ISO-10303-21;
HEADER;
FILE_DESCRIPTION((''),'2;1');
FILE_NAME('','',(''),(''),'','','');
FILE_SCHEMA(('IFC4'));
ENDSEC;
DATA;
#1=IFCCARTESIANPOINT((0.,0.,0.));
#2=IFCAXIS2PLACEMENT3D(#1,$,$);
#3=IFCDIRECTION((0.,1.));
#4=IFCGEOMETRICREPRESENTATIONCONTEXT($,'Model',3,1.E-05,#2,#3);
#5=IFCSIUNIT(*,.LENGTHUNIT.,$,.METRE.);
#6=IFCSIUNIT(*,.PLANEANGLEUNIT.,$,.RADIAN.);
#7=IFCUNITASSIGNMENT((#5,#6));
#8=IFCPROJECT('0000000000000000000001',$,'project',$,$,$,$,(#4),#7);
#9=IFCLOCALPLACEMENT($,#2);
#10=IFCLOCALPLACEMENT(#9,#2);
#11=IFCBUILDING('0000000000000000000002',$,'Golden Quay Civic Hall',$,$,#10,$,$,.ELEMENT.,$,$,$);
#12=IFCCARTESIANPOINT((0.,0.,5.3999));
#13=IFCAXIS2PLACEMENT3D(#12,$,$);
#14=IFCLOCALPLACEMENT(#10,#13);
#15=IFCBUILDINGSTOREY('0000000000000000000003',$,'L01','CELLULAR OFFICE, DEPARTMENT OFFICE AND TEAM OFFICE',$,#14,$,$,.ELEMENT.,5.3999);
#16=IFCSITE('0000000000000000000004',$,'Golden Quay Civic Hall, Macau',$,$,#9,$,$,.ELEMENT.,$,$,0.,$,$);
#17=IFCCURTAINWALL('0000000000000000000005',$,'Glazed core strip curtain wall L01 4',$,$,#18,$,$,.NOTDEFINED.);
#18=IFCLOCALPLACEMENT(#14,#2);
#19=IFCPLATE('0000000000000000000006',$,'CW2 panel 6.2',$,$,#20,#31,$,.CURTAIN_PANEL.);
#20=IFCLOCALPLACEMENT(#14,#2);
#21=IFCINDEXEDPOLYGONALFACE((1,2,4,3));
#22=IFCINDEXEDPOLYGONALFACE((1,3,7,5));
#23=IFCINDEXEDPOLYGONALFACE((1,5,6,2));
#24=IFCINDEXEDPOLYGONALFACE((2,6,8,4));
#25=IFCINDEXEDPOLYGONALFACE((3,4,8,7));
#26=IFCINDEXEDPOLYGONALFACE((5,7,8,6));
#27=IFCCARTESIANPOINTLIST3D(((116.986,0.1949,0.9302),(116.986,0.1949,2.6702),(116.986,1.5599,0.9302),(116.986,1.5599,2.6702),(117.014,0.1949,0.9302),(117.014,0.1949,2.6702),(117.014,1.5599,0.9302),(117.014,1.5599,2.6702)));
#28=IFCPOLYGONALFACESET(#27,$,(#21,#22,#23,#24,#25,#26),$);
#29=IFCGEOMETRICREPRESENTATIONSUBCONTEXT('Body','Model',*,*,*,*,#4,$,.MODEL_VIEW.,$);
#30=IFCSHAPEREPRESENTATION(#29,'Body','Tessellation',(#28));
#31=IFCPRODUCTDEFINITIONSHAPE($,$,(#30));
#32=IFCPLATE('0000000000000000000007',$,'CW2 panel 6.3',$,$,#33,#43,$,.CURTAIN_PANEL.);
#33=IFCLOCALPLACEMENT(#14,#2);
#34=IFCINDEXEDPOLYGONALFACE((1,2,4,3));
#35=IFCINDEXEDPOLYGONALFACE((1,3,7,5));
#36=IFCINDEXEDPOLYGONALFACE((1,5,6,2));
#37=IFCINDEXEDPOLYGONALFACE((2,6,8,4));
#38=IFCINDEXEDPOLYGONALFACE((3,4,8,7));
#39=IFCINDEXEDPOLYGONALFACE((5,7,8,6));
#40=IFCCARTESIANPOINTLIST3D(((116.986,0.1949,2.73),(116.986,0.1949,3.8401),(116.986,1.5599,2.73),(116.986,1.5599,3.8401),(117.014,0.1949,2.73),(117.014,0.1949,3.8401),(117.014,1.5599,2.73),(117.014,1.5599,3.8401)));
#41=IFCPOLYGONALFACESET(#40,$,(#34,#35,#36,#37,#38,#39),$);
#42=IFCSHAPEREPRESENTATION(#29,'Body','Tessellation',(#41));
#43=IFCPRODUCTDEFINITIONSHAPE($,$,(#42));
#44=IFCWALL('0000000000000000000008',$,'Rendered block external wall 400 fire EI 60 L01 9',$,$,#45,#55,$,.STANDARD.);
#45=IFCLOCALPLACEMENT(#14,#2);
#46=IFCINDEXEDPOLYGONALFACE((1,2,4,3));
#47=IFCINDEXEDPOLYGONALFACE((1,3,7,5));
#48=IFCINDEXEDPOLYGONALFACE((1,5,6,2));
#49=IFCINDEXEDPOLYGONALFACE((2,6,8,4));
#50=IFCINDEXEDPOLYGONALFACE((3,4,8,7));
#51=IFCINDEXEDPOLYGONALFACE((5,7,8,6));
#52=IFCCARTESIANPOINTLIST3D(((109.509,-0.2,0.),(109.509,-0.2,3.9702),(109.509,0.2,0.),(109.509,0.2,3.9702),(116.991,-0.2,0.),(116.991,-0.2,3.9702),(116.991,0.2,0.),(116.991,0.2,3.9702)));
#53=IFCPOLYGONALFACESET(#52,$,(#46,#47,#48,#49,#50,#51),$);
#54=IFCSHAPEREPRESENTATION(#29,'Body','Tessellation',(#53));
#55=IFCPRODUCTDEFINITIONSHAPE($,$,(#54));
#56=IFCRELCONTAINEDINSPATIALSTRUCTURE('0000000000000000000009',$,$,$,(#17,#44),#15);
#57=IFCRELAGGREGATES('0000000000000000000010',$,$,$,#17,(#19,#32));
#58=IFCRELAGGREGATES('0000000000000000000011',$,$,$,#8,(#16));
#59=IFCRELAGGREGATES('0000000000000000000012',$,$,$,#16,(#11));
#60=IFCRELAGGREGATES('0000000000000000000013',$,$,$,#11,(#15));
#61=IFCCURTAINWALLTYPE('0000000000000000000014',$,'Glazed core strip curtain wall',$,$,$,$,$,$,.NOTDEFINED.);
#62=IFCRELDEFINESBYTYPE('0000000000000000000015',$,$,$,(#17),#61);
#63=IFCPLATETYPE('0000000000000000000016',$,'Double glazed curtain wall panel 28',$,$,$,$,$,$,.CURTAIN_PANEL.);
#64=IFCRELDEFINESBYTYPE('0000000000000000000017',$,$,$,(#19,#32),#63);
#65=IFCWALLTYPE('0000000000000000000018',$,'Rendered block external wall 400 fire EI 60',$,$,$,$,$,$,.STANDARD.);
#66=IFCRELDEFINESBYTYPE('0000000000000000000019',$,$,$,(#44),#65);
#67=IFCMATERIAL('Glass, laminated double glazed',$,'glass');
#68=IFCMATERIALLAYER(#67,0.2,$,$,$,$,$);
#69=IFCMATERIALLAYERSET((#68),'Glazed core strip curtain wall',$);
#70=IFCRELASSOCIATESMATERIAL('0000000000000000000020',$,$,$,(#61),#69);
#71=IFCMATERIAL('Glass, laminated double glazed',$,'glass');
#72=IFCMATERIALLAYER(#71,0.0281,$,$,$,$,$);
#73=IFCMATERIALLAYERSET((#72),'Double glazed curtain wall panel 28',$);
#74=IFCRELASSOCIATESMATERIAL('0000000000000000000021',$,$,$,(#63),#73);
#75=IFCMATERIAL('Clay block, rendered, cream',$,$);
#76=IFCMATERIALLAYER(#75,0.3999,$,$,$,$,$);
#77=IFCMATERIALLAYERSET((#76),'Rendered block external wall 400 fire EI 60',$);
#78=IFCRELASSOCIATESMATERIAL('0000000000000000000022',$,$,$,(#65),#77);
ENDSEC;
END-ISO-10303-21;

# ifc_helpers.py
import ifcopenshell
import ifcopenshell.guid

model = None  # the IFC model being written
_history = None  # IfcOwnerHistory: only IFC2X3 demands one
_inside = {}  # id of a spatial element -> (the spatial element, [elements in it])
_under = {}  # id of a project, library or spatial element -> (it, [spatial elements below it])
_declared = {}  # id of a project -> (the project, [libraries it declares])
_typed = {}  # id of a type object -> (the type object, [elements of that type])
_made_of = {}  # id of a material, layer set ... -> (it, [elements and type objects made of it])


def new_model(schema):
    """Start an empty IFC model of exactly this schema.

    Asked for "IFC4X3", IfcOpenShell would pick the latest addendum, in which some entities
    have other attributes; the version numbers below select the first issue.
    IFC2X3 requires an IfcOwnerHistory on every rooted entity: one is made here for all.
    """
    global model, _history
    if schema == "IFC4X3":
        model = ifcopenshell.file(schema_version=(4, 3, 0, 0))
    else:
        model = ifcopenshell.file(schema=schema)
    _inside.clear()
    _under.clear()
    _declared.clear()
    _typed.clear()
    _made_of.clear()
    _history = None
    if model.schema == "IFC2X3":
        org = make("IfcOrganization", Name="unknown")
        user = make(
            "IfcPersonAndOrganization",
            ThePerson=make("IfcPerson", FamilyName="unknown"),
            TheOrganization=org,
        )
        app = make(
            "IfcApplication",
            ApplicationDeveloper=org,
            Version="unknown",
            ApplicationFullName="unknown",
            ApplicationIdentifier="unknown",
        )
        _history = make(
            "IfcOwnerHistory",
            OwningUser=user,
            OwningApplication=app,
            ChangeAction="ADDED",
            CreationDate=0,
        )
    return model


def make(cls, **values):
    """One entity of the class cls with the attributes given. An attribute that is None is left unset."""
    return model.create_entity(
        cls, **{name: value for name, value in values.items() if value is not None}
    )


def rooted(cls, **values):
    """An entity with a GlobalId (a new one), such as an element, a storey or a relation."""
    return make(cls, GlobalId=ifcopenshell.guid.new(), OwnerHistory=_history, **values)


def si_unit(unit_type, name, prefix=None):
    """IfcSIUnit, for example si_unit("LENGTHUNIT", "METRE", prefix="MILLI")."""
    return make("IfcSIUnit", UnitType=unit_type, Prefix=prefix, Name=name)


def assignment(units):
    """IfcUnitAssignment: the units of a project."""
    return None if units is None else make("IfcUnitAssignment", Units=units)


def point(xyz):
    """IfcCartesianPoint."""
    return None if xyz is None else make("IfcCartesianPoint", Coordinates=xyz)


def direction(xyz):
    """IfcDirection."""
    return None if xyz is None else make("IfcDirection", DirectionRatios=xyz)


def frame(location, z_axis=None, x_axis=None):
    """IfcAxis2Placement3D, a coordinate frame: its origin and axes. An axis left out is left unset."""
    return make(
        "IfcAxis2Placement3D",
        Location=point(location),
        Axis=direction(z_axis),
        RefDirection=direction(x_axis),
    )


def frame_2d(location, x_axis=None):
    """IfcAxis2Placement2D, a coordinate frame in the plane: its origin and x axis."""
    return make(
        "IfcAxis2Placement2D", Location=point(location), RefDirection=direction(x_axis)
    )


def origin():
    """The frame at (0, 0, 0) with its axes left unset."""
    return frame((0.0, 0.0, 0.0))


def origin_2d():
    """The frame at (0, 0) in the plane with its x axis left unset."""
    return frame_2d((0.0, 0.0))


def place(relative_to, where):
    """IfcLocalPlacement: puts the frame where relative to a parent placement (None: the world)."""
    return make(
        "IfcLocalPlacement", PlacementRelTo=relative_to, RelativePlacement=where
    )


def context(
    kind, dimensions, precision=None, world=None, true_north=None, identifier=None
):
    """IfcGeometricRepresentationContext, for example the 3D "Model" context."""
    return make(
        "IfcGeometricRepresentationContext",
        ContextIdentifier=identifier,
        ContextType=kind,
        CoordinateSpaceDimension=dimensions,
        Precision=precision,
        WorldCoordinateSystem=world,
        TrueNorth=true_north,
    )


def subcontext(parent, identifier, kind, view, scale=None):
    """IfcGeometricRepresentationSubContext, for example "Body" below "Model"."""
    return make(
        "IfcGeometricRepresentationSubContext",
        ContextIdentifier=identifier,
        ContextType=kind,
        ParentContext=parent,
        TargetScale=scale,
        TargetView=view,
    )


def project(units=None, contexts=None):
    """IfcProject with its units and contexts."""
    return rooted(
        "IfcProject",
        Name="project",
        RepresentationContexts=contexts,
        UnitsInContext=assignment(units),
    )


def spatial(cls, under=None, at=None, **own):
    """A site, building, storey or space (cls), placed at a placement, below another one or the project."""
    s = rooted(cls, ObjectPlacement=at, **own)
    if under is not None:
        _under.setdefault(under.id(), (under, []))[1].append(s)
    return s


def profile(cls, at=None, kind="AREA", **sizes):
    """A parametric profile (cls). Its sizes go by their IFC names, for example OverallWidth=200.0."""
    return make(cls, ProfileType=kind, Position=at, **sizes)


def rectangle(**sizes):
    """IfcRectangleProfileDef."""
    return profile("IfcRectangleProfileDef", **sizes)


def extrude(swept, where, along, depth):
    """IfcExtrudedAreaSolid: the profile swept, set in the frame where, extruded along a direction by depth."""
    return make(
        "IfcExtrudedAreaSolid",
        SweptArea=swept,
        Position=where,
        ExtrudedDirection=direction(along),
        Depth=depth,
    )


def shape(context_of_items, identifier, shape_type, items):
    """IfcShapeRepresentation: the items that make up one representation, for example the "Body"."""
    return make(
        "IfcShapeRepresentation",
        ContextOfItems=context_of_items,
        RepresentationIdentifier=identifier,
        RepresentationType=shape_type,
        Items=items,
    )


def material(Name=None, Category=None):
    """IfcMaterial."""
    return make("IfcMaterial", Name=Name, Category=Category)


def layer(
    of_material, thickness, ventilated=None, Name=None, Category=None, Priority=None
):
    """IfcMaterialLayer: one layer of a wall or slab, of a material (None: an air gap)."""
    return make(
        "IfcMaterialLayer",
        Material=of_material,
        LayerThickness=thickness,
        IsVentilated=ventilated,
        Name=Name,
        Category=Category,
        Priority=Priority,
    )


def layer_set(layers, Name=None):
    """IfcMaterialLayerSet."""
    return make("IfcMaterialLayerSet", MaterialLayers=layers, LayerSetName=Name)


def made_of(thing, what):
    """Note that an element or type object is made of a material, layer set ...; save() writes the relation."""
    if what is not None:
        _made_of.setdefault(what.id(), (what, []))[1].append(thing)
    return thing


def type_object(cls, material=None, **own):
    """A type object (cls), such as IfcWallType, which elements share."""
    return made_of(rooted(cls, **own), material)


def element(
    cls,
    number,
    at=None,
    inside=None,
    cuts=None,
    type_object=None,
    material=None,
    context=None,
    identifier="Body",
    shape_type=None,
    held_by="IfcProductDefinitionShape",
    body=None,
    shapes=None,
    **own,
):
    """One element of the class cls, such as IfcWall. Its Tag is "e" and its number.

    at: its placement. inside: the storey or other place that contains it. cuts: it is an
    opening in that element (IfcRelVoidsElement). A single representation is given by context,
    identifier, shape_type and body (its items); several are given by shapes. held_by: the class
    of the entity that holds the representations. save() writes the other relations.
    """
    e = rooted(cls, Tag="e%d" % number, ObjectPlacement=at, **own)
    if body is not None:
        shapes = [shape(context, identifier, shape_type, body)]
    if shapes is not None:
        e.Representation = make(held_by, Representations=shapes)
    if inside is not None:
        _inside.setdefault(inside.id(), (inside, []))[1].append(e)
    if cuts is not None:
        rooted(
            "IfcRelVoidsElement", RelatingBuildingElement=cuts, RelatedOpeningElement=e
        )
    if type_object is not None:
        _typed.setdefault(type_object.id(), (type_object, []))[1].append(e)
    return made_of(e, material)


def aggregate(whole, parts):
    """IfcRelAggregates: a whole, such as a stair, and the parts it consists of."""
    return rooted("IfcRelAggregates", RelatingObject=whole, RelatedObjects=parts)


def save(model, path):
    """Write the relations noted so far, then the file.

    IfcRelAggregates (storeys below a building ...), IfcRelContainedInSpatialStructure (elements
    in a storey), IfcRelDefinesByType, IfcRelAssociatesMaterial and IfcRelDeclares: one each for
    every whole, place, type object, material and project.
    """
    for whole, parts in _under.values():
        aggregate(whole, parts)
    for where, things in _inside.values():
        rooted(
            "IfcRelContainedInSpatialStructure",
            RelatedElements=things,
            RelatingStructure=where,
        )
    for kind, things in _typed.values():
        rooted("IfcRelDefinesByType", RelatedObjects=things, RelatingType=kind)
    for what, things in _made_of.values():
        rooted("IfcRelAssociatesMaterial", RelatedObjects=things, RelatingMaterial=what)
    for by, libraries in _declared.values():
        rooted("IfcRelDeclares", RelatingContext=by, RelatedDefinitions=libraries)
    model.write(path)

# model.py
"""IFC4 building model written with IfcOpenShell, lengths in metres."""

from ifc_helpers import new_model, si_unit, direction, frame, frame_2d, origin, origin_2d, place, context, subcontext, project, spatial, rectangle, extrude, material, layer, layer_set, type_object, element, aggregate, save


model = new_model("IFC4")

# Units and contexts
model_context = context("Model", 3, precision=1e-05, world=origin(), true_north=direction((0.0, 1.0)))
body_context = subcontext(model_context, "Body", "Model", "MODEL_VIEW")
ifc_project = project(units=[si_unit("LENGTHUNIT", "METRE"), si_unit("PLANEANGLEUNIT", "RADIAN")], contexts=[model_context])

# Site, building, storey
site_placement = place(None, origin())
site = spatial("IfcSite", under=ifc_project, at=site_placement, Name="Golden Quay Civic Hall, Macau", CompositionType="ELEMENT", RefElevation=0.0)
building_placement = place(site_placement, origin())
building = spatial("IfcBuilding", under=site, at=building_placement, Name="Golden Quay Civic Hall", CompositionType="ELEMENT")
storey_placement = place(building_placement, frame((0.0, 0.0, 5.3999)))
storey = spatial("IfcBuildingStorey", under=building, at=storey_placement, Name="L01", Description="CELLULAR OFFICE, DEPARTMENT OFFICE AND TEAM OFFICE", CompositionType="ELEMENT", Elevation=5.3999)

# Curtain wall
ifc_material_1 = material(Name="Glass, laminated double glazed", Category="glass")
ifc_layer_1 = layer(ifc_material_1, 0.2)
ifc_layer_set_1 = layer_set([ifc_layer_1], Name="Glazed core strip curtain wall")
curtain_wall_type = type_object("IfcCurtainWallType", Name="Glazed core strip curtain wall", PredefinedType="NOTDEFINED", material=ifc_layer_set_1)
curtain_wall_placement = place(storey_placement, origin())
curtain_wall = element("IfcCurtainWall", 1, at=curtain_wall_placement, inside=storey, type_object=curtain_wall_type, Name="Glazed core strip curtain wall L01 4", PredefinedType="NOTDEFINED")

# Plates
ifc_material_2 = material(Name="Glass, laminated double glazed", Category="glass")
ifc_layer_2 = layer(ifc_material_2, 0.0281)
ifc_layer_set_2 = layer_set([ifc_layer_2], Name="Double glazed curtain wall panel 28")
plate_type = type_object("IfcPlateType", Name="Double glazed curtain wall panel 28", PredefinedType="CURTAIN_PANEL", material=ifc_layer_set_2)
plate_1_placement = place(storey_placement, frame((117.0, 0.8774, 0.9302), z_axis=(0.0, 0.0, 1.0), x_axis=(0.0, -1.0, 0.0)))
plate_1 = element("IfcPlate", 2, at=plate_1_placement, type_object=plate_type, Name="CW2 panel 6.2", PredefinedType="CURTAIN_PANEL", context=body_context, shape_type="SweptSolid", body=[
    extrude(rectangle(XDim=1.365, YDim=0.0281, at=origin_2d()), origin(), (0.0, 0.0, 1.0), 1.74),
])
plate_2_placement = place(storey_placement, frame((117.0, 0.8774, 2.73), z_axis=(0.0, 0.0, 1.0), x_axis=(0.0, -1.0, 0.0)))
plate_2 = element("IfcPlate", 3, at=plate_2_placement, type_object=plate_type, Name="CW2 panel 6.3", PredefinedType="CURTAIN_PANEL", context=body_context, shape_type="SweptSolid", body=[
    extrude(rectangle(XDim=1.365, YDim=0.0281, at=origin_2d()), origin(), (0.0, 0.0, 1.0), 1.1101),
])
aggregate(curtain_wall, [plate_1, plate_2])

# Wall
ifc_material_3 = material(Name="Clay block, rendered, cream")
ifc_layer_3 = layer(ifc_material_3, 0.3999)
ifc_layer_set_3 = layer_set([ifc_layer_3], Name="Rendered block external wall 400 fire EI 60")
wall_type = type_object("IfcWallType", Name="Rendered block external wall 400 fire EI 60", PredefinedType="STANDARD", material=ifc_layer_set_3)
wall_placement = place(storey_placement, frame((116.991, 0.0, 0.0), z_axis=(0.0, 0.0, 1.0), x_axis=(-1.0, 0.0, 0.0)))
element("IfcWall", 4, at=wall_placement, inside=storey, type_object=wall_type, Name="Rendered block external wall 400 fire EI 60 L01 9", PredefinedType="STANDARD", context=body_context, shape_type="SweptSolid", body=[
    extrude(rectangle(XDim=7.4819, YDim=0.3999, at=frame_2d((3.741, 0.0))), origin(), (0.0, 0.0, 1.0), 3.9702),
])

save(model, "model.ifc")
